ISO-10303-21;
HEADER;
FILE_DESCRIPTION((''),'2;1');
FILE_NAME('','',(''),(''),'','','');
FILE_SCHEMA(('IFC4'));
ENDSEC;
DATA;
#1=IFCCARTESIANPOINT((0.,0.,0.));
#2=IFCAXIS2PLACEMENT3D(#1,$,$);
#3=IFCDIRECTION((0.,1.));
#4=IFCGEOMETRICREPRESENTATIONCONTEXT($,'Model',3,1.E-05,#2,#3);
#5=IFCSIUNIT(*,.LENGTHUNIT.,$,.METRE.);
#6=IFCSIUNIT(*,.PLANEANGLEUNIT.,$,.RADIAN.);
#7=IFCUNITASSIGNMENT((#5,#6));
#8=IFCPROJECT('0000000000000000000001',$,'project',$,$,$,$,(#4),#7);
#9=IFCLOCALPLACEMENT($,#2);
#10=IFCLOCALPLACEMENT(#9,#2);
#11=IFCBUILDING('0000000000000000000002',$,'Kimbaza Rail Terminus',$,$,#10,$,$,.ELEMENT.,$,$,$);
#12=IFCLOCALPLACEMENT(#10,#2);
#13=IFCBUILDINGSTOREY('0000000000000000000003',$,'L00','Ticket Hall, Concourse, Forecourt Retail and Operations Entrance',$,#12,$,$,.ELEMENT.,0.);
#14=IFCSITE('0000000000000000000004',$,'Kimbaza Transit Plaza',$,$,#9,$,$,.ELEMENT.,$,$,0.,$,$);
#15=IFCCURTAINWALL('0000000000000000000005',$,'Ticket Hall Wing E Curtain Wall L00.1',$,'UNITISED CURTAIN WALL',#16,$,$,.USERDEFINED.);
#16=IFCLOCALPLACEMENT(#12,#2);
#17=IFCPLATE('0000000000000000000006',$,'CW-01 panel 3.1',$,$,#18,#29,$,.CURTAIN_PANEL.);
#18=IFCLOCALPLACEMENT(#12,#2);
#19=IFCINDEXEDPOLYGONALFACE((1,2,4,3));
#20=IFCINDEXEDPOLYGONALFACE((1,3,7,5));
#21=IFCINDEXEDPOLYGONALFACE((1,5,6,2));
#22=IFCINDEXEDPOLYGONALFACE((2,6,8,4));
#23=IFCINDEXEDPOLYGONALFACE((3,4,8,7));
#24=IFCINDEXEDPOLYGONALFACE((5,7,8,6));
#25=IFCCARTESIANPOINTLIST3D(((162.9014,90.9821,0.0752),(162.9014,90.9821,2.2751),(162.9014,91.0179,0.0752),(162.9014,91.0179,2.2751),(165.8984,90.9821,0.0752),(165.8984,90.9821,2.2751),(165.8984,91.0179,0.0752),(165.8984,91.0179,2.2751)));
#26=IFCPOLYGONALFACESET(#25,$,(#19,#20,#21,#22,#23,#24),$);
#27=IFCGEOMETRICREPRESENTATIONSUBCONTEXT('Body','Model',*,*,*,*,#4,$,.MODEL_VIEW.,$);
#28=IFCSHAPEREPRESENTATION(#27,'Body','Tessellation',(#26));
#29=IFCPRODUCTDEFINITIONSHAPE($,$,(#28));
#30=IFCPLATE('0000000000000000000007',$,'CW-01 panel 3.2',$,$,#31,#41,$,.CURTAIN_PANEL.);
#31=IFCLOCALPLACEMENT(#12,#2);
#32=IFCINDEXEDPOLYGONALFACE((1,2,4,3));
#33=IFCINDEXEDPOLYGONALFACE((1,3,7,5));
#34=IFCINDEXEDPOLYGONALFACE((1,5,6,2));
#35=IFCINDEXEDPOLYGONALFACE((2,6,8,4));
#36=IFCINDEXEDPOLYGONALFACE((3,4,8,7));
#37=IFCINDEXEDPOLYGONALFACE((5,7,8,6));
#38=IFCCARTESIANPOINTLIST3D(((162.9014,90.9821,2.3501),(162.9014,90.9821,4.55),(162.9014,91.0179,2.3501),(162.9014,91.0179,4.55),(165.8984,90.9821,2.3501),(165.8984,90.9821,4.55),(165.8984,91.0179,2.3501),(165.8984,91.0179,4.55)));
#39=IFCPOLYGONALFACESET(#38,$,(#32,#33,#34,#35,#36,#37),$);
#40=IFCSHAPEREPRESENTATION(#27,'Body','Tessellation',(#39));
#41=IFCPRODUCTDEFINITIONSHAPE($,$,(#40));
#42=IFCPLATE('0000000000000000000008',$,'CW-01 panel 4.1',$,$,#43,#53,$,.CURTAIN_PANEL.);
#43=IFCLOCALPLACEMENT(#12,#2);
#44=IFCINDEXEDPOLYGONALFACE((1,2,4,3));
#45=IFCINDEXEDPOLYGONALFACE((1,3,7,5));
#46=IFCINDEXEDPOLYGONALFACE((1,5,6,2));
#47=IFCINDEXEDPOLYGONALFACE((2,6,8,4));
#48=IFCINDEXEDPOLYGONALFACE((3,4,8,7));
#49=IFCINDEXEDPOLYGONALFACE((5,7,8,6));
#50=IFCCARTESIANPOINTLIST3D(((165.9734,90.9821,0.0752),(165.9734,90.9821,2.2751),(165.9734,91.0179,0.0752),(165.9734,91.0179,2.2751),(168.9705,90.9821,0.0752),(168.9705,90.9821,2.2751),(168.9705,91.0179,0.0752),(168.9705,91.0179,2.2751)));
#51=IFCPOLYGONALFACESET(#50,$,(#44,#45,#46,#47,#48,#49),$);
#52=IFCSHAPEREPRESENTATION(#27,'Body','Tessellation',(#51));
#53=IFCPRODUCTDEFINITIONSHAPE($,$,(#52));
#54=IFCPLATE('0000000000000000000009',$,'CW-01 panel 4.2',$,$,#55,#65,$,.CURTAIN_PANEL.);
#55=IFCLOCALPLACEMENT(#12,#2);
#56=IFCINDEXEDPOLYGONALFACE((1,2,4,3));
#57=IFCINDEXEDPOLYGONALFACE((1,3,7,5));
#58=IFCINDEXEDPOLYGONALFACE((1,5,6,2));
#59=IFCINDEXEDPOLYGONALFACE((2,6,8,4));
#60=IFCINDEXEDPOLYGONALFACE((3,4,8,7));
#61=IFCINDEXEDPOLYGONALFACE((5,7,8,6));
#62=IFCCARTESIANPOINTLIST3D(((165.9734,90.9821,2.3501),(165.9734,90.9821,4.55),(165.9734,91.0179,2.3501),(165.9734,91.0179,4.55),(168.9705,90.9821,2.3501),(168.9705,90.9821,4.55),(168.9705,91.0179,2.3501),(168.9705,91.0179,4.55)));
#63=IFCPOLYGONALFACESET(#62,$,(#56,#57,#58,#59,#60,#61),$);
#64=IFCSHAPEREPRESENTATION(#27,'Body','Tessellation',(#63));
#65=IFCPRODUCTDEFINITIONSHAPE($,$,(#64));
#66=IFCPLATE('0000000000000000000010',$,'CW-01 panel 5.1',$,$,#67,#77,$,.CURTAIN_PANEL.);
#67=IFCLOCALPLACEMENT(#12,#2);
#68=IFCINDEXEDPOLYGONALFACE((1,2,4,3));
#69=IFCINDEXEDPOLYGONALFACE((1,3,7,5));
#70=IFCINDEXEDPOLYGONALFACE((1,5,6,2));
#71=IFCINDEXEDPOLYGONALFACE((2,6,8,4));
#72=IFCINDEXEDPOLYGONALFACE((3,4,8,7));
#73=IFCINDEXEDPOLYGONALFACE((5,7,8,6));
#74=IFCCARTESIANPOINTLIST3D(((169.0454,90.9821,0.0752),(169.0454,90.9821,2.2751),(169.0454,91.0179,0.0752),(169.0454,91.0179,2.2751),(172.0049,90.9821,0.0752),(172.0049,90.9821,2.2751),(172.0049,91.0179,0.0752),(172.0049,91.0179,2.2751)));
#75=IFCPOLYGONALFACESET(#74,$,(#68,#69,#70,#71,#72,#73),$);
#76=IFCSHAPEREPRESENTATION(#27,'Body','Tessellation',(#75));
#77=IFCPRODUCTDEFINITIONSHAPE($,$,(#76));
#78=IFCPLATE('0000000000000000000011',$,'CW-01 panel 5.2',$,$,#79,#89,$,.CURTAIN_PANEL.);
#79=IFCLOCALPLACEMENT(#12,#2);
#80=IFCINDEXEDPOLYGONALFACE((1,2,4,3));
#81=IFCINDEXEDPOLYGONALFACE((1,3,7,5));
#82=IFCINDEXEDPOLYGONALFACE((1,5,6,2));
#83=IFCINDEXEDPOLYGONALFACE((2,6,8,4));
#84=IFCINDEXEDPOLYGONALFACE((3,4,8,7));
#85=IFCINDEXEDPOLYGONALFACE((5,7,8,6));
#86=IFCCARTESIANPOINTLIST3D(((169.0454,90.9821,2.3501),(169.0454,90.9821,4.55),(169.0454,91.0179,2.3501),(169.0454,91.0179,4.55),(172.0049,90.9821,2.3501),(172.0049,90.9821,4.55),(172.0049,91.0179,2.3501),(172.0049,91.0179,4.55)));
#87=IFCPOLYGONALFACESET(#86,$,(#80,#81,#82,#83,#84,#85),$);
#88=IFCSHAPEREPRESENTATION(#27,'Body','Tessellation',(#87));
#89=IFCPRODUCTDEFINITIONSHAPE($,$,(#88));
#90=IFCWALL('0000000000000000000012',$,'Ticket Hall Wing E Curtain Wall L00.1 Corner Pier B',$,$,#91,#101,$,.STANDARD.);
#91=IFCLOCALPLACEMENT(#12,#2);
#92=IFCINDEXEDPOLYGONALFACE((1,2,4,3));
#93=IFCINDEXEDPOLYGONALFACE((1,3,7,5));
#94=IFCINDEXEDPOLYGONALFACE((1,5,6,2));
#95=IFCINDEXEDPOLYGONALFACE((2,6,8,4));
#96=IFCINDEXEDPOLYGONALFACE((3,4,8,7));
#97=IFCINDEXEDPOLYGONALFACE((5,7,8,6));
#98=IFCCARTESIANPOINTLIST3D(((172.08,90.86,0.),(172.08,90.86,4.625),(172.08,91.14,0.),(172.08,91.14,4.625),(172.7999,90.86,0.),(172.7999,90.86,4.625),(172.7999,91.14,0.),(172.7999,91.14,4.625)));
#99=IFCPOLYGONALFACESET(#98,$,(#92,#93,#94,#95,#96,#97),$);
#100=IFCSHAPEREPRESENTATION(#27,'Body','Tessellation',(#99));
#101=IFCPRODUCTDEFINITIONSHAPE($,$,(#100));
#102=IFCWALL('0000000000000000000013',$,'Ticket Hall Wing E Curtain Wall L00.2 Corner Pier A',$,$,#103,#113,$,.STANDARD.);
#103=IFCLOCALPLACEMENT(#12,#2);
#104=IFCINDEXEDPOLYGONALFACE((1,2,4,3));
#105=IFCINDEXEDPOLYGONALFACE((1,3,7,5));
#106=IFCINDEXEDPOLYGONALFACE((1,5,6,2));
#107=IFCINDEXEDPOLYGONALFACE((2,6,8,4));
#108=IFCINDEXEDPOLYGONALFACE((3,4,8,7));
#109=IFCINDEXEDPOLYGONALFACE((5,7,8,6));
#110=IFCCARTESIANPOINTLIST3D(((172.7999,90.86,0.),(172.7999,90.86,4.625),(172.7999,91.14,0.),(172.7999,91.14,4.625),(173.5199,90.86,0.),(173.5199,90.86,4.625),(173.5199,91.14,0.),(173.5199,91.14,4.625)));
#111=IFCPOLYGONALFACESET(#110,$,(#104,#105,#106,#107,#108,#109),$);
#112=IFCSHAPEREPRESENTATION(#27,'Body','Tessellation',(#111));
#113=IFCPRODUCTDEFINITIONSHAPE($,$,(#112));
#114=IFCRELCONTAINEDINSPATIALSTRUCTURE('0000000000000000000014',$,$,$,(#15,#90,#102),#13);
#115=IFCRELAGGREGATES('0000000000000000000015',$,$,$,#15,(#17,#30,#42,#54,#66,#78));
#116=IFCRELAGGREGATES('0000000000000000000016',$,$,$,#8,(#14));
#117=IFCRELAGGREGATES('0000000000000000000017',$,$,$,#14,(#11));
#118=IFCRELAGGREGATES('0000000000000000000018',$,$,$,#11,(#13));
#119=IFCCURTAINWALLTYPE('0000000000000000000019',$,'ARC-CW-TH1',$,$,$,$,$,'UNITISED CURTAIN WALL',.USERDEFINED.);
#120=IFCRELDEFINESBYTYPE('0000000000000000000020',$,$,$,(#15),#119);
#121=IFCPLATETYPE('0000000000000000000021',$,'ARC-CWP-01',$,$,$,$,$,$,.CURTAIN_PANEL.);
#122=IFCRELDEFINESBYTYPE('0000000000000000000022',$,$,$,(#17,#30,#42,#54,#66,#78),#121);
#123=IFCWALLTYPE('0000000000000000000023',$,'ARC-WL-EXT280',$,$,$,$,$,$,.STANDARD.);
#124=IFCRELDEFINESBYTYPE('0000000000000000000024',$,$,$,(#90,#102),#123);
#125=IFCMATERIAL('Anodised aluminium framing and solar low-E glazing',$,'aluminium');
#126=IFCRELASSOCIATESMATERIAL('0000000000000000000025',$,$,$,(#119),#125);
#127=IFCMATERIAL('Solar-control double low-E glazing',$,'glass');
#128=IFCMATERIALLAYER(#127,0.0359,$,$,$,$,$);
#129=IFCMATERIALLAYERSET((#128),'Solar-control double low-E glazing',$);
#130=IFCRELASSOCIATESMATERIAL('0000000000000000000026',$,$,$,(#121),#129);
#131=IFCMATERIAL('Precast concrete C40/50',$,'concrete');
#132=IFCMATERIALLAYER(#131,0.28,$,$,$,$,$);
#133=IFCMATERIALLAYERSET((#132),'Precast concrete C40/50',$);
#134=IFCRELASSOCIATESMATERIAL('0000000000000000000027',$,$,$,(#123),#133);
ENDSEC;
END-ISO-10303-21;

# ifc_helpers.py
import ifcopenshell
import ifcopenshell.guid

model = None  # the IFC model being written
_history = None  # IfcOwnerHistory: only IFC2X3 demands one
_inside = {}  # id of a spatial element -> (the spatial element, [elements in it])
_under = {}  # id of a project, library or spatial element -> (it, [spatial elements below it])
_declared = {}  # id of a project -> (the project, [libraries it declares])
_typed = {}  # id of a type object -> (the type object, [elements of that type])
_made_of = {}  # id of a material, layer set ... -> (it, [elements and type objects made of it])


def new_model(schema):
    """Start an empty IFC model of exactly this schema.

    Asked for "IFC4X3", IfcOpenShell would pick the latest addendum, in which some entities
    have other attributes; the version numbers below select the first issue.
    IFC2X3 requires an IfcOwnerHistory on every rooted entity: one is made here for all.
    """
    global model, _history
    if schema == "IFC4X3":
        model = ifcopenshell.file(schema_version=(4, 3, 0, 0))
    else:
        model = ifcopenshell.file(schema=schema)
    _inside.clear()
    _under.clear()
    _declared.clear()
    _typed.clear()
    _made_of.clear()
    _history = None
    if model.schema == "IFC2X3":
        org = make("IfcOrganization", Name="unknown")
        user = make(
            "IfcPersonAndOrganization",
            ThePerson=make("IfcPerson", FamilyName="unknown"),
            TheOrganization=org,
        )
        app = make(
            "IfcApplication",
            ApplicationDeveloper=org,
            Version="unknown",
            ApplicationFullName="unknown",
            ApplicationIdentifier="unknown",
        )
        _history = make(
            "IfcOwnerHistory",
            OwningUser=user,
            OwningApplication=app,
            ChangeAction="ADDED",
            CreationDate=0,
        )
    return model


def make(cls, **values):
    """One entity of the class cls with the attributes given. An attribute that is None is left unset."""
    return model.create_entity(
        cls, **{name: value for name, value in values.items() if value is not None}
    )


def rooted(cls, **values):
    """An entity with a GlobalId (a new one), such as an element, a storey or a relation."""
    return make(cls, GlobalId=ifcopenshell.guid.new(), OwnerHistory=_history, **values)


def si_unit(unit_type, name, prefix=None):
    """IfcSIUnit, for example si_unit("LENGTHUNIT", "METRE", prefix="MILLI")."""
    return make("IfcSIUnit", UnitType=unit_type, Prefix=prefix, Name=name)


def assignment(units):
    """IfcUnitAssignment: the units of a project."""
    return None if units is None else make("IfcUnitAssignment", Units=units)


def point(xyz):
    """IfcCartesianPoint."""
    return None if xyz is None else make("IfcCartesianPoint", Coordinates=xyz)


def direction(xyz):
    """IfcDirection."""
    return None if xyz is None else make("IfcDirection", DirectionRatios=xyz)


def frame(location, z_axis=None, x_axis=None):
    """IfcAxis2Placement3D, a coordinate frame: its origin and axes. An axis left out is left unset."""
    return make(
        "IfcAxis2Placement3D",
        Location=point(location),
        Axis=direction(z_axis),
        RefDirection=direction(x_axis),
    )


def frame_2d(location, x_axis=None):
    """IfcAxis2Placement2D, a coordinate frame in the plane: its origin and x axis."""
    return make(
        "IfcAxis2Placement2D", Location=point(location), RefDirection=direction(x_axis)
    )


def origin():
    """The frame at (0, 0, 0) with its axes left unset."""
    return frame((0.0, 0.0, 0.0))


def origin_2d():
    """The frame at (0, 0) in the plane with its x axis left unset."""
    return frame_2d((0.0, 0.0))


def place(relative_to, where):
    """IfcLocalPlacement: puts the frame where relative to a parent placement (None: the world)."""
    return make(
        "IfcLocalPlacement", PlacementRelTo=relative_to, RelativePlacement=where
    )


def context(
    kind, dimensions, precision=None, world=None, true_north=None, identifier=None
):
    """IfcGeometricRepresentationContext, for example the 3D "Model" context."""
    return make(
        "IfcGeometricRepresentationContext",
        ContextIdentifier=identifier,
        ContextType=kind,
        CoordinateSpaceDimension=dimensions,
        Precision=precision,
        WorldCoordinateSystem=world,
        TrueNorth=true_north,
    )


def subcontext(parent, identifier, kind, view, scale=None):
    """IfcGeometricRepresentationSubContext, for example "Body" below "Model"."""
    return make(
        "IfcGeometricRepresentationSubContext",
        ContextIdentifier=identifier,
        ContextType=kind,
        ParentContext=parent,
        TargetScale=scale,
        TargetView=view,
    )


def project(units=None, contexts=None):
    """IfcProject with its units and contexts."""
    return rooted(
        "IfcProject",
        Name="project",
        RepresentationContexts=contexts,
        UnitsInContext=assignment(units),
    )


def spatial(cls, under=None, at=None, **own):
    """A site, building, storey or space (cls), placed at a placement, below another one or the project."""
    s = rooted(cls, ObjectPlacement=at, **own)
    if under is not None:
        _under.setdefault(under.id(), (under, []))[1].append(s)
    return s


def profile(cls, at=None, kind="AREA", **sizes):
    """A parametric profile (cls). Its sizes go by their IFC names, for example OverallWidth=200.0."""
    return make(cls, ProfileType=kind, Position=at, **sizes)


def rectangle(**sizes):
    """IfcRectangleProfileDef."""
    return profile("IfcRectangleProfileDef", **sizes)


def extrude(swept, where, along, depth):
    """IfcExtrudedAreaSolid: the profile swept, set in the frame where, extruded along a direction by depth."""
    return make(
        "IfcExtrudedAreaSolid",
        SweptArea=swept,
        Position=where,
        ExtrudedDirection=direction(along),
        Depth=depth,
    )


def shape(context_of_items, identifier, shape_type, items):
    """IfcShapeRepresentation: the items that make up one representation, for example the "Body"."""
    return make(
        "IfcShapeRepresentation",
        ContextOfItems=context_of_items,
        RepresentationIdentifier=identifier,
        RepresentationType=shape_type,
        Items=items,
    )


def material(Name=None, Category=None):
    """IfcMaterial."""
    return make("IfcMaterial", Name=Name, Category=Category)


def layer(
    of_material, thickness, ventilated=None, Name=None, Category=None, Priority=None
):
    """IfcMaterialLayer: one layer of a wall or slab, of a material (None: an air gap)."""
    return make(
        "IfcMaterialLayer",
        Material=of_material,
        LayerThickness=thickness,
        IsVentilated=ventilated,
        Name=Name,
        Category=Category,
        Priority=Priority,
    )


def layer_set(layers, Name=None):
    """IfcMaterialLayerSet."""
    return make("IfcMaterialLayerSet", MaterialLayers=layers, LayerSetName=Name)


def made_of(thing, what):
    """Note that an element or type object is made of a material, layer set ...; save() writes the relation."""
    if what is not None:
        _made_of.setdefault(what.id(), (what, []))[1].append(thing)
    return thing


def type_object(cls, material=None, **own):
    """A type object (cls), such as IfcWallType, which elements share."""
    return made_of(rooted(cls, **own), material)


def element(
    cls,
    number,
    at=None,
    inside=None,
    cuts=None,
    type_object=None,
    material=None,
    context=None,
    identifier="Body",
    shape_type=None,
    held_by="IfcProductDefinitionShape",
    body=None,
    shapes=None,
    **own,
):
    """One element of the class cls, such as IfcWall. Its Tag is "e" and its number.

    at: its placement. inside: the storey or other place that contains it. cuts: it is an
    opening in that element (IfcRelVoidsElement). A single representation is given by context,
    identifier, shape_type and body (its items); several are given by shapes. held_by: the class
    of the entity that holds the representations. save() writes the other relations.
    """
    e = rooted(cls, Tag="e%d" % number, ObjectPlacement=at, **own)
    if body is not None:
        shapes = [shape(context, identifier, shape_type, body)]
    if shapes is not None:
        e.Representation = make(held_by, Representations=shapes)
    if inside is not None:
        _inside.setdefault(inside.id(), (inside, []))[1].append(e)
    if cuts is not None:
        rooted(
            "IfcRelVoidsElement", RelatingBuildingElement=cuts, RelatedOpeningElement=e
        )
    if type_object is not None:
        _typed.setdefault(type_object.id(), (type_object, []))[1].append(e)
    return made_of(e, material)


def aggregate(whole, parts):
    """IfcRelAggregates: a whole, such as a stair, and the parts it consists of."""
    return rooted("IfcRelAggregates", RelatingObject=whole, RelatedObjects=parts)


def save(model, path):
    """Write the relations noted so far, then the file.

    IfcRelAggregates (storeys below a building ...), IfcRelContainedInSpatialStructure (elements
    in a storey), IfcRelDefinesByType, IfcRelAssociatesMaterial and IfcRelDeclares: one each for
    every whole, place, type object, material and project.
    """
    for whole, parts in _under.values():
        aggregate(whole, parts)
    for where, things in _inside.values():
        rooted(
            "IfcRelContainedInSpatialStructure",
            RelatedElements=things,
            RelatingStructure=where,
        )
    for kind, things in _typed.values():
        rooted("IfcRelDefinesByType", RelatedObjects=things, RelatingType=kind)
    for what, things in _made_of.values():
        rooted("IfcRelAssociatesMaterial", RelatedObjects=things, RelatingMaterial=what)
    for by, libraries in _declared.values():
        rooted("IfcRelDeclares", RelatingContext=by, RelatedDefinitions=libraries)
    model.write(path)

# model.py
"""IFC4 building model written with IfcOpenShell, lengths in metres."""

from ifc_helpers import new_model, si_unit, direction, frame, frame_2d, origin, origin_2d, place, context, subcontext, project, spatial, rectangle, extrude, material, layer, layer_set, type_object, element, aggregate, save


model = new_model("IFC4")

# Units and contexts
model_context = context("Model", 3, precision=1e-05, world=origin(), true_north=direction((0.0, 1.0)))
body_context = subcontext(model_context, "Body", "Model", "MODEL_VIEW")
ifc_project = project(units=[si_unit("LENGTHUNIT", "METRE"), si_unit("PLANEANGLEUNIT", "RADIAN")], contexts=[model_context])

# Site, building, storey
site_placement = place(None, origin())
site = spatial("IfcSite", under=ifc_project, at=site_placement, Name="Kimbaza Transit Plaza", CompositionType="ELEMENT", RefElevation=0.0)
building_placement = place(site_placement, origin())
building = spatial("IfcBuilding", under=site, at=building_placement, Name="Kimbaza Rail Terminus", CompositionType="ELEMENT")
storey_placement = place(building_placement, origin())
storey = spatial("IfcBuildingStorey", under=building, at=storey_placement, Name="L00", Description="Ticket Hall, Concourse, Forecourt Retail and Operations Entrance", CompositionType="ELEMENT", Elevation=0.0)

# Curtain wall
ifc_material_1 = material(Name="Anodised aluminium framing and solar low-E glazing", Category="aluminium")
curtain_wall_type = type_object("IfcCurtainWallType", Name="ARC-CW-TH1", ElementType="UNITISED CURTAIN WALL", PredefinedType="USERDEFINED", material=ifc_material_1)
curtain_wall_placement = place(storey_placement, origin())
curtain_wall = element("IfcCurtainWall", 1, at=curtain_wall_placement, inside=storey, type_object=curtain_wall_type, Name="Ticket Hall Wing E Curtain Wall L00.1", ObjectType="UNITISED CURTAIN WALL", PredefinedType="USERDEFINED")

# Plates
ifc_material_2 = material(Name="Solar-control double low-E glazing", Category="glass")
ifc_layer_1 = layer(ifc_material_2, 0.0359)
ifc_layer_set_1 = layer_set([ifc_layer_1], Name="Solar-control double low-E glazing")
plate_type = type_object("IfcPlateType", Name="ARC-CWP-01", PredefinedType="CURTAIN_PANEL", material=ifc_layer_set_1)
plate_1_placement = place(storey_placement, frame((164.3999, 91.0, 0.0752), z_axis=(0.0, 0.0, 1.0), x_axis=(1.0, 0.0, 0.0)))
plate_1 = element("IfcPlate", 2, at=plate_1_placement, type_object=plate_type, Name="CW-01 panel 3.1", PredefinedType="CURTAIN_PANEL", context=body_context, shape_type="SweptSolid", body=[
    extrude(rectangle(XDim=2.9971, YDim=0.0359, at=origin_2d()), origin(), (0.0, 0.0, 1.0), 2.2),
])
plate_2_placement = place(storey_placement, frame((164.3999, 91.0, 2.3501), z_axis=(0.0, 0.0, 1.0), x_axis=(1.0, 0.0, 0.0)))
plate_2 = element("IfcPlate", 3, at=plate_2_placement, type_object=plate_type, Name="CW-01 panel 3.2", PredefinedType="CURTAIN_PANEL", context=body_context, shape_type="SweptSolid", body=[
    extrude(rectangle(XDim=2.9971, YDim=0.0359, at=origin_2d()), origin(), (0.0, 0.0, 1.0), 2.2),
])
plate_3_placement = place(storey_placement, frame((167.4719, 91.0, 0.0752), z_axis=(0.0, 0.0, 1.0), x_axis=(1.0, 0.0, 0.0)))
plate_3 = element("IfcPlate", 4, at=plate_3_placement, type_object=plate_type, Name="CW-01 panel 4.1", PredefinedType="CURTAIN_PANEL", context=body_context, shape_type="SweptSolid", body=[
    extrude(rectangle(XDim=2.9971, YDim=0.0359, at=origin_2d()), origin(), (0.0, 0.0, 1.0), 2.2),
])
plate_4_placement = place(storey_placement, frame((167.4719, 91.0, 2.3501), z_axis=(0.0, 0.0, 1.0), x_axis=(1.0, 0.0, 0.0)))
plate_4 = element("IfcPlate", 5, at=plate_4_placement, type_object=plate_type, Name="CW-01 panel 4.2", PredefinedType="CURTAIN_PANEL", context=body_context, shape_type="SweptSolid", body=[
    extrude(rectangle(XDim=2.9971, YDim=0.0359, at=origin_2d()), origin(), (0.0, 0.0, 1.0), 2.2),
])
plate_5_placement = place(storey_placement, frame((170.5251, 91.0, 0.0752), z_axis=(0.0, 0.0, 1.0), x_axis=(1.0, 0.0, 0.0)))
plate_5 = element("IfcPlate", 6, at=plate_5_placement, type_object=plate_type, Name="CW-01 panel 5.1", PredefinedType="CURTAIN_PANEL", context=body_context, shape_type="SweptSolid", body=[
    extrude(rectangle(XDim=2.9595, YDim=0.0359, at=origin_2d()), origin(), (0.0, 0.0, 1.0), 2.2),
])
plate_6_placement = place(storey_placement, frame((170.5251, 91.0, 2.3501), z_axis=(0.0, 0.0, 1.0), x_axis=(1.0, 0.0, 0.0)))
plate_6 = element("IfcPlate", 7, at=plate_6_placement, type_object=plate_type, Name="CW-01 panel 5.2", PredefinedType="CURTAIN_PANEL", context=body_context, shape_type="SweptSolid", body=[
    extrude(rectangle(XDim=2.9595, YDim=0.0359, at=origin_2d()), origin(), (0.0, 0.0, 1.0), 2.2),
])
aggregate(curtain_wall, [plate_1, plate_2, plate_3, plate_4, plate_5, plate_6])

# Walls
ifc_material_3 = material(Name="Precast concrete C40/50", Category="concrete")
ifc_layer_2 = layer(ifc_material_3, 0.28)
ifc_layer_set_2 = layer_set([ifc_layer_2], Name="Precast concrete C40/50")
wall_type = type_object("IfcWallType", Name="ARC-WL-EXT280", PredefinedType="STANDARD", material=ifc_layer_set_2)
for number, where, z_axis, x_axis, name in (
    (8, (172.0801, 91.0, 0.0), (0.0, 0.0, 1.0), (1.0, 0.0, 0.0), "Ticket Hall Wing E Curtain Wall L00.1 Corner Pier B"),
    (9, (172.8, 91.0, 0.0), (0.0, 0.0, 1.0), (1.0, 0.0, 0.0), "Ticket Hall Wing E Curtain Wall L00.2 Corner Pier A"),
):
    element("IfcWall", number, at=place(storey_placement, frame(where, z_axis=z_axis, x_axis=x_axis)), inside=storey, type_object=wall_type, Name=name, PredefinedType="STANDARD", context=body_context, shape_type="SweptSolid", body=[
        extrude(rectangle(XDim=0.72, YDim=0.28, at=frame_2d((0.3599, 0.0))), origin(), (0.0, 0.0, 1.0), 4.625),
    ])

save(model, "model.ifc")
